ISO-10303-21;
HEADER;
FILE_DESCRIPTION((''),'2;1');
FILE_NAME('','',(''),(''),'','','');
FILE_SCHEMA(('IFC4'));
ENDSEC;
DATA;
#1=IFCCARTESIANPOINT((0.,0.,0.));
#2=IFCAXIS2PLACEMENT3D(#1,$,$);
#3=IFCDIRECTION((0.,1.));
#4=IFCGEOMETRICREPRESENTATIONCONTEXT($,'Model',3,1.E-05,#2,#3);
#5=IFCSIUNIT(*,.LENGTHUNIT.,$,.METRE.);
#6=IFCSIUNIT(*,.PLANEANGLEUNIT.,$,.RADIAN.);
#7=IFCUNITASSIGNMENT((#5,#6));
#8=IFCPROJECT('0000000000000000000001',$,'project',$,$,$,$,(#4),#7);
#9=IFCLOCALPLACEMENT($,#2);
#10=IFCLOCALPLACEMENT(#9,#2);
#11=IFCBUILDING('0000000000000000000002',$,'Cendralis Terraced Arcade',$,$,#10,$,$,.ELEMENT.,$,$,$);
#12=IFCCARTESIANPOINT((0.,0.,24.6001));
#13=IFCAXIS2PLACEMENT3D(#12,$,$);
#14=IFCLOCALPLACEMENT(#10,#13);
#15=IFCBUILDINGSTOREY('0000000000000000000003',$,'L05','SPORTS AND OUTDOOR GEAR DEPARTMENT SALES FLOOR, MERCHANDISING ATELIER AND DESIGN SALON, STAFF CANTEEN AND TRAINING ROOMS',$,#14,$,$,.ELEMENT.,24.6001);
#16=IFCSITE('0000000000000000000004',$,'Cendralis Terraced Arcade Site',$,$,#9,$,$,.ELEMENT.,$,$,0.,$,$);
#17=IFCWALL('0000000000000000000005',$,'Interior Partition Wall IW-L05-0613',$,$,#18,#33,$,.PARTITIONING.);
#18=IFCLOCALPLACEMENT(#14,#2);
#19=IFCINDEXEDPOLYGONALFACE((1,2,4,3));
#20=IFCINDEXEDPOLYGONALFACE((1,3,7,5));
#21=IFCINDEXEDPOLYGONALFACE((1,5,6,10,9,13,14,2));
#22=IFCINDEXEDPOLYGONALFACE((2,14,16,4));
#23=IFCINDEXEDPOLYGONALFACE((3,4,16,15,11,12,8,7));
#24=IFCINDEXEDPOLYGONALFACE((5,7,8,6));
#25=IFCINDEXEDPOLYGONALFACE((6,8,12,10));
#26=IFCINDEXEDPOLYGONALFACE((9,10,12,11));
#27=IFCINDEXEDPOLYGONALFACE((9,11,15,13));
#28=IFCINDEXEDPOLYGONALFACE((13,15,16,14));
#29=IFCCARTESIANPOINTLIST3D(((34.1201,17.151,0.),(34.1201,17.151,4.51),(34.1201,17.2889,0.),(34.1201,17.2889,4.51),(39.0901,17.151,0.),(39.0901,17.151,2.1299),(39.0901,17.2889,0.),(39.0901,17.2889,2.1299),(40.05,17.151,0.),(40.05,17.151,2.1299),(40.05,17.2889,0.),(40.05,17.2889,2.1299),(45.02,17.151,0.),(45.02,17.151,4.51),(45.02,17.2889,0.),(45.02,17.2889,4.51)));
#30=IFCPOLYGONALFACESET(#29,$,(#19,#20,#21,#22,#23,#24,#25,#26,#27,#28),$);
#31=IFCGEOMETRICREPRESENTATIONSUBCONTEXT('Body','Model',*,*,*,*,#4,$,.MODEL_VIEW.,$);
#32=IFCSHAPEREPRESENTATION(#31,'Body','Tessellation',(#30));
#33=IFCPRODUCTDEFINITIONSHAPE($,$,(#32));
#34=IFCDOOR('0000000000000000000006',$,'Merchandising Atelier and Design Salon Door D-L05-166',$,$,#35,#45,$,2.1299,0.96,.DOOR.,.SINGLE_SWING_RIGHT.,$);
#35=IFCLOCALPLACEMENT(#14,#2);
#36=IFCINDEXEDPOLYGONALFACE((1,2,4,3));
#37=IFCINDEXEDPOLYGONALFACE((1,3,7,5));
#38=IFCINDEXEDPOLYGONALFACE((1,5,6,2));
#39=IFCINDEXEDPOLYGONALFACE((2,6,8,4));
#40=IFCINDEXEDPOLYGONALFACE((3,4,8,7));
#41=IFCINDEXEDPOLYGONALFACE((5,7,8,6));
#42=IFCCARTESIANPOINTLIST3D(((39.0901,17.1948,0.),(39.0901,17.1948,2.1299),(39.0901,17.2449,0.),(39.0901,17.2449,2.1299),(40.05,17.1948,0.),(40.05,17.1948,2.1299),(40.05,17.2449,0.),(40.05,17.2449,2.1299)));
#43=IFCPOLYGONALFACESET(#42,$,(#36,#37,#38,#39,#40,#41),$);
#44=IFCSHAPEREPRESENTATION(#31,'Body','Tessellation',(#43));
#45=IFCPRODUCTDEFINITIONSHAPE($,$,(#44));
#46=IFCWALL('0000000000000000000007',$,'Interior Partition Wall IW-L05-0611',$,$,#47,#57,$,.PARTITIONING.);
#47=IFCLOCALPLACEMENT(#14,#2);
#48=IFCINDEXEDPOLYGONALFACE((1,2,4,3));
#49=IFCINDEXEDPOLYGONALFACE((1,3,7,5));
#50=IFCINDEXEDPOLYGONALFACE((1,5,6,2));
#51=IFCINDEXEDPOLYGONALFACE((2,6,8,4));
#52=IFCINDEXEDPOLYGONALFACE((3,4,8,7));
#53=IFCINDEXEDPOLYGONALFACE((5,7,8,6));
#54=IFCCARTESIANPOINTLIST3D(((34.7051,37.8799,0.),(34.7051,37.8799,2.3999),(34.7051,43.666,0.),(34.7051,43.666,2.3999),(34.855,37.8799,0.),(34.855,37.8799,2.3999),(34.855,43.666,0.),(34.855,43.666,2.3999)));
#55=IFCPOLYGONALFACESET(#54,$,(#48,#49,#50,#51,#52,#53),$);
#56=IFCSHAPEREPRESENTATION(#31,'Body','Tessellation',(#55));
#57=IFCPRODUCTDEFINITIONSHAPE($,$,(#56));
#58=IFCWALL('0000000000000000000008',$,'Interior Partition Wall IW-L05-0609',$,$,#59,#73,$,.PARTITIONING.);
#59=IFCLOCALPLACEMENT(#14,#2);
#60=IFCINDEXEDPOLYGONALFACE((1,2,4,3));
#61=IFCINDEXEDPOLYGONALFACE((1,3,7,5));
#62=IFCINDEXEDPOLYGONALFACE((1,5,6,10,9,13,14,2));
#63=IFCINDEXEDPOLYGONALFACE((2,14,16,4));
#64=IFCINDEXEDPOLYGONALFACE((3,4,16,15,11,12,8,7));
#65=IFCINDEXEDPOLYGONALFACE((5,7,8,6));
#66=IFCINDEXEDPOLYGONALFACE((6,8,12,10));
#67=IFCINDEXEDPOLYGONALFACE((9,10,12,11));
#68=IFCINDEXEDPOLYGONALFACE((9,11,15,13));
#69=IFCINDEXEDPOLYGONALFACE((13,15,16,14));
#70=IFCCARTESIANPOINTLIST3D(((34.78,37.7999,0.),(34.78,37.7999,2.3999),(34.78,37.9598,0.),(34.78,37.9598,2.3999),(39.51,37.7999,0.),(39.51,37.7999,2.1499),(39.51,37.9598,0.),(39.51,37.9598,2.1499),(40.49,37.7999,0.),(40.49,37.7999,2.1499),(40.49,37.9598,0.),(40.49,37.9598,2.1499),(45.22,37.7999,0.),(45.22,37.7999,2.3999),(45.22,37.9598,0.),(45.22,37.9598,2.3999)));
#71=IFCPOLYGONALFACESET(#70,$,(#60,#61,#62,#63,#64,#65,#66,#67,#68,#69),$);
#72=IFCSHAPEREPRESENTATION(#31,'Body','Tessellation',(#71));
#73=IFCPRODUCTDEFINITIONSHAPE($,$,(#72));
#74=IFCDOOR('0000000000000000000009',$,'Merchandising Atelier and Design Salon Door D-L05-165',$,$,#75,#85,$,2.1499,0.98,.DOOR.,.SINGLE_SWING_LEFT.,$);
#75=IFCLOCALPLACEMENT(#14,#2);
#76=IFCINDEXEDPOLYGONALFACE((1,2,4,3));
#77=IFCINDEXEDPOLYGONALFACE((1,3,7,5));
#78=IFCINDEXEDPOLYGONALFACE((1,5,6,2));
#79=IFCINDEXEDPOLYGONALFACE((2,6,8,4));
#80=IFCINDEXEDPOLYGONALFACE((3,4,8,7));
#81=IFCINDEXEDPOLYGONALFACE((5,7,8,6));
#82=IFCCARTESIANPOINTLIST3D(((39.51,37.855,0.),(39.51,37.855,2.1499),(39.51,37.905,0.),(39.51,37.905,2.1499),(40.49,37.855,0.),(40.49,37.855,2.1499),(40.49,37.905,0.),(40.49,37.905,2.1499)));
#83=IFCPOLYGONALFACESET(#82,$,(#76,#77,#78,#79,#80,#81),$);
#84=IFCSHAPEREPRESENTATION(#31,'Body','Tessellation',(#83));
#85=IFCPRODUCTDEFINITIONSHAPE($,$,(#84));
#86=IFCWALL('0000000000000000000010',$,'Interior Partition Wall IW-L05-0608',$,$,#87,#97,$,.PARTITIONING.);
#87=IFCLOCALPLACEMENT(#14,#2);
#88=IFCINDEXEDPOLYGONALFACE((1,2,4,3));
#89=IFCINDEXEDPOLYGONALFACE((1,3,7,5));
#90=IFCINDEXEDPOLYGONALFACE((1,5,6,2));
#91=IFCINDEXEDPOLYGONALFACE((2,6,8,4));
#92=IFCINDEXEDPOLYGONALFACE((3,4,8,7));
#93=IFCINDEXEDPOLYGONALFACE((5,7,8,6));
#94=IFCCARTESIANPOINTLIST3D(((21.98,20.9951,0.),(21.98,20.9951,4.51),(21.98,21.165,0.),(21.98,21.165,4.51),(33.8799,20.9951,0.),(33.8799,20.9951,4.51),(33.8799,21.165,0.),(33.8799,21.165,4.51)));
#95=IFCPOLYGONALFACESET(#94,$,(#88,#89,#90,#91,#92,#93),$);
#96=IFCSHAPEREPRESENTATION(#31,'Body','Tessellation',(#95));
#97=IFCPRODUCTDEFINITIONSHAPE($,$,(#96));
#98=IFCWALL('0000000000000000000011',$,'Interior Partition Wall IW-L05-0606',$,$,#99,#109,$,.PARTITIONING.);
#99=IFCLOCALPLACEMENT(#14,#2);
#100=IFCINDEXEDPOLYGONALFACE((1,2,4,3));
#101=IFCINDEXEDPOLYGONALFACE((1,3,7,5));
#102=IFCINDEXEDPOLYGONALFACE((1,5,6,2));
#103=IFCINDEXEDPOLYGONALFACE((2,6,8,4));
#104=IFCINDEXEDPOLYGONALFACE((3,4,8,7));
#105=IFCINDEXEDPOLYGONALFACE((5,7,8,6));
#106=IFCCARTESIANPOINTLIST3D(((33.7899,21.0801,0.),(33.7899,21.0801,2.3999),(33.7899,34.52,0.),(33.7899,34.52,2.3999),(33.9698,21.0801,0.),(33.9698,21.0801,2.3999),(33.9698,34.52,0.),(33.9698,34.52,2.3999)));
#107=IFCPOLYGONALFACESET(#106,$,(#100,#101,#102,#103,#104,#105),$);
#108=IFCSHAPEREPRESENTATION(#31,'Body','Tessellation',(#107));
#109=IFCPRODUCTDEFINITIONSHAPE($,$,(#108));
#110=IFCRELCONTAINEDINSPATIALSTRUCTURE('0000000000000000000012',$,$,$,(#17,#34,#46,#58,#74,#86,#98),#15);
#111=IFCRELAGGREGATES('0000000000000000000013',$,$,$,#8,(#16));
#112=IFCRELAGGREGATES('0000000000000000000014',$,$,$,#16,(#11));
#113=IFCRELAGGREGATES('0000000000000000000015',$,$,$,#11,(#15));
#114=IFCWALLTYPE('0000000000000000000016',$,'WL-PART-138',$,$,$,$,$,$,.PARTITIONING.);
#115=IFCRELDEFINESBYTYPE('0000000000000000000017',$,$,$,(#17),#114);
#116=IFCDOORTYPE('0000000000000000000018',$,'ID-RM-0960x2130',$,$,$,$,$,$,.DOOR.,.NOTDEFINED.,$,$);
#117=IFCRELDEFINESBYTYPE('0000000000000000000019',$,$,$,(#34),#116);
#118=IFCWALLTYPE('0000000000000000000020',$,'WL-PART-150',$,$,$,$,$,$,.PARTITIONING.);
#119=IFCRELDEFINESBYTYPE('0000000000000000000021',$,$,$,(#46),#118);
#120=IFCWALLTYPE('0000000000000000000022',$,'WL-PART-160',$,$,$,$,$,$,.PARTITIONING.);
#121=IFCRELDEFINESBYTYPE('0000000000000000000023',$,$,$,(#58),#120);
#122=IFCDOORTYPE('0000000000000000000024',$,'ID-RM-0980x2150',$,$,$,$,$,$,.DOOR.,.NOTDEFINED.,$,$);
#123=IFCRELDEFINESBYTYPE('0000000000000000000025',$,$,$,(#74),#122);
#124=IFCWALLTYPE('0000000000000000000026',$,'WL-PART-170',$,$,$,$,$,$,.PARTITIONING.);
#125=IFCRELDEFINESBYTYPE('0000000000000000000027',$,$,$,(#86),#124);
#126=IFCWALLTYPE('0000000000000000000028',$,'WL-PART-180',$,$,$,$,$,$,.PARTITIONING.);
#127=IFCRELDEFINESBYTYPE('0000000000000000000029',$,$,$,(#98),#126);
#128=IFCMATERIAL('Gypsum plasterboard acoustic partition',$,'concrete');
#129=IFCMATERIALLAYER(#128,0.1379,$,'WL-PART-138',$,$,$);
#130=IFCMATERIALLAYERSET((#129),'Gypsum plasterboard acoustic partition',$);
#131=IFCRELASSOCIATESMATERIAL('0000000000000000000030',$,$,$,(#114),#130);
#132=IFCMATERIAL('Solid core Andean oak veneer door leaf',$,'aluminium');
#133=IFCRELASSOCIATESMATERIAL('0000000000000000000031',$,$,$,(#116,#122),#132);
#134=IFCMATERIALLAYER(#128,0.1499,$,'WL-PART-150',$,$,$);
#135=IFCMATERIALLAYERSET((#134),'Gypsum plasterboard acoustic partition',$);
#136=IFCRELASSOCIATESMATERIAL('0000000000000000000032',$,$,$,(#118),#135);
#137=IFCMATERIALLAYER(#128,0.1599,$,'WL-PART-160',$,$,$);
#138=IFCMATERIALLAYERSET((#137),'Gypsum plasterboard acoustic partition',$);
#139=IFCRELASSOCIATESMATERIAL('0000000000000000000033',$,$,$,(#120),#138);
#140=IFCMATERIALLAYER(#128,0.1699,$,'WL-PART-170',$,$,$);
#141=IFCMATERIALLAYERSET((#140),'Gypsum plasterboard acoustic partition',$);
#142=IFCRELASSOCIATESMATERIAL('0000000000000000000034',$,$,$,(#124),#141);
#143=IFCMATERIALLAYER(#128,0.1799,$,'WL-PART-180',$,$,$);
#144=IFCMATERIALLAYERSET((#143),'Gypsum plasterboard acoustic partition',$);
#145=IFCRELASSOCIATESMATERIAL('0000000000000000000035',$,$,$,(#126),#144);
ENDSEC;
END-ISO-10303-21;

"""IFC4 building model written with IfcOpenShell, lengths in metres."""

from ifc_helpers import new_model, si_unit, direction, frame, frame_2d, origin, place, context, subcontext, project, spatial, rectangle, extrude, material, layer, layer_set, type_object, element, fill, save


model = new_model("IFC4")

# Units and contexts
model_context = context("Model", 3, precision=1e-05, world=origin(), true_north=direction((0.0, 1.0)))
body_context = subcontext(model_context, "Body", "Model", "MODEL_VIEW")
ifc_project = project(units=[si_unit("LENGTHUNIT", "METRE"), si_unit("PLANEANGLEUNIT", "RADIAN")], contexts=[model_context])

# Site, building, storey
site_placement = place(None, origin())
site = spatial("IfcSite", under=ifc_project, at=site_placement, Name="Cendralis Terraced Arcade Site", CompositionType="ELEMENT", RefElevation=0.0)
building_placement = place(site_placement, origin())
building = spatial("IfcBuilding", under=site, at=building_placement, Name="Cendralis Terraced Arcade", CompositionType="ELEMENT")
storey_placement = place(building_placement, frame((0.0, 0.0, 24.6001)))
storey = spatial("IfcBuildingStorey", under=building, at=storey_placement, Name="L05", Description="SPORTS AND OUTDOOR GEAR DEPARTMENT SALES FLOOR, MERCHANDISING ATELIER AND DESIGN SALON, STAFF CANTEEN AND TRAINING ROOMS", CompositionType="ELEMENT", Elevation=24.6001)

# Shared definitions
ifc_material_1 = material(Name="Gypsum plasterboard acoustic partition", Category="concrete")

# Wall, opening, door
ifc_material_2 = material(Name="Solid core Andean oak veneer door leaf", Category="aluminium")
ifc_layer_1 = layer(ifc_material_1, 0.1379, Name="WL-PART-138")
ifc_layer_set_1 = layer_set([ifc_layer_1], Name="Gypsum plasterboard acoustic partition")
wall_type_1 = type_object("IfcWallType", Name="WL-PART-138", PredefinedType="PARTITIONING", material=ifc_layer_set_1)
wall_1_placement = place(storey_placement, frame((34.1201, 17.22, 0.0), z_axis=(0.0, 0.0, 1.0), x_axis=(1.0, 0.0, 0.0)))
wall_1 = element("IfcWall", 1, at=wall_1_placement, inside=storey, type_object=wall_type_1, Name="Interior Partition Wall IW-L05-0613", PredefinedType="PARTITIONING", context=body_context, shape_type="SweptSolid", body=[
    extrude(rectangle(XDim=10.8999, YDim=0.1379, at=frame_2d((5.45, 0.0))), origin(), (0.0, 0.0, 1.0), 4.51),
])
opening_1_placement = place(wall_1_placement, frame((4.97, 0.0, 0.0)))
opening_1 = element("IfcOpeningElement", 2, at=opening_1_placement, cuts=wall_1, PredefinedType="OPENING", context=body_context, shape_type="SweptSolid", body=[
    extrude(rectangle(XDim=0.96, YDim=2.1299, at=frame_2d((0.48, 1.0649))), frame((0.0, 0.0811, 0.0), z_axis=(0.0, -1.0, 0.0), x_axis=(1.0, 0.0, 0.0)), (0.0, 0.0, 1.0), 0.1619),
])
door_type_1 = type_object("IfcDoorType", Name="ID-RM-0960x2130", OperationType="NOTDEFINED", PredefinedType="DOOR", material=ifc_material_2)
door_1_placement = place(opening_1_placement, origin())
door_1 = element("IfcDoor", 3, at=door_1_placement, inside=storey, type_object=door_type_1, Name="Merchandising Atelier and Design Salon Door D-L05-166", OperationType="SINGLE_SWING_RIGHT", OverallHeight=2.1299, OverallWidth=0.96, PredefinedType="DOOR", context=body_context, shape_type="SweptSolid", body=[
    extrude(rectangle(XDim=0.96, YDim=2.1299, at=frame_2d((0.48, 1.0649))), frame((0.0, 0.0249, 0.0), z_axis=(0.0, -1.0, 0.0), x_axis=(1.0, 0.0, 0.0)), (0.0, 0.0, 1.0), 0.05),
])
fill(opening_1, door_1)

# Wall
ifc_layer_2 = layer(ifc_material_1, 0.1499, Name="WL-PART-150")
ifc_layer_set_2 = layer_set([ifc_layer_2], Name="Gypsum plasterboard acoustic partition")
wall_type_2 = type_object("IfcWallType", Name="WL-PART-150", PredefinedType="PARTITIONING", material=ifc_layer_set_2)
wall_2_placement = place(storey_placement, frame((34.78, 37.8799, 0.0), z_axis=(0.0, 0.0, 1.0), x_axis=(0.0, 1.0, 0.0)))
element("IfcWall", 4, at=wall_2_placement, inside=storey, type_object=wall_type_2, Name="Interior Partition Wall IW-L05-0611", PredefinedType="PARTITIONING", context=body_context, shape_type="SweptSolid", body=[
    extrude(rectangle(XDim=5.7861, YDim=0.1499, at=frame_2d((2.8931, 0.0))), origin(), (0.0, 0.0, 1.0), 2.3999),
])

# Wall, opening, door
ifc_layer_3 = layer(ifc_material_1, 0.1599, Name="WL-PART-160")
ifc_layer_set_3 = layer_set([ifc_layer_3], Name="Gypsum plasterboard acoustic partition")
wall_type_3 = type_object("IfcWallType", Name="WL-PART-160", PredefinedType="PARTITIONING", material=ifc_layer_set_3)
wall_3_placement = place(storey_placement, frame((45.22, 37.8799, 0.0), z_axis=(0.0, 0.0, 1.0), x_axis=(-1.0, 0.0, 0.0)))
wall_3 = element("IfcWall", 5, at=wall_3_placement, inside=storey, type_object=wall_type_3, Name="Interior Partition Wall IW-L05-0609", PredefinedType="PARTITIONING", context=body_context, shape_type="SweptSolid", body=[
    extrude(rectangle(XDim=10.4399, YDim=0.1599, at=frame_2d((5.22, 0.0))), origin(), (0.0, 0.0, 1.0), 2.3999),
])
opening_2_placement = place(wall_3_placement, frame((4.73, 0.0, 0.0)))
opening_2 = element("IfcOpeningElement", 6, at=opening_2_placement, cuts=wall_3, PredefinedType="OPENING", context=body_context, shape_type="SweptSolid", body=[
    extrude(rectangle(XDim=0.98, YDim=2.1499, at=frame_2d((0.49, 1.075))), frame((0.0, 0.0918, 0.0), z_axis=(0.0, -1.0, 0.0), x_axis=(1.0, 0.0, 0.0)), (0.0, 0.0, 1.0), 0.1838),
])
door_type_2 = type_object("IfcDoorType", Name="ID-RM-0980x2150", OperationType="NOTDEFINED", PredefinedType="DOOR", material=ifc_material_2)
door_2_placement = place(opening_2_placement, origin())
door_2 = element("IfcDoor", 7, at=door_2_placement, inside=storey, type_object=door_type_2, Name="Merchandising Atelier and Design Salon Door D-L05-165", OperationType="SINGLE_SWING_LEFT", OverallHeight=2.1499, OverallWidth=0.98, PredefinedType="DOOR", context=body_context, shape_type="SweptSolid", body=[
    extrude(rectangle(XDim=0.98, YDim=2.1499, at=frame_2d((0.49, 1.075))), frame((0.0, 0.0249, 0.0), z_axis=(0.0, -1.0, 0.0), x_axis=(1.0, 0.0, 0.0)), (0.0, 0.0, 1.0), 0.05),
])
fill(opening_2, door_2)

# Walls
ifc_layer_4 = layer(ifc_material_1, 0.1699, Name="WL-PART-170")
ifc_layer_set_4 = layer_set([ifc_layer_4], Name="Gypsum plasterboard acoustic partition")
wall_type_4 = type_object("IfcWallType", Name="WL-PART-170", PredefinedType="PARTITIONING", material=ifc_layer_set_4)
wall_4_placement = place(storey_placement, frame((33.8799, 21.0801, 0.0), z_axis=(0.0, 0.0, 1.0), x_axis=(-1.0, 0.0, 0.0)))
element("IfcWall", 8, at=wall_4_placement, inside=storey, type_object=wall_type_4, Name="Interior Partition Wall IW-L05-0608", PredefinedType="PARTITIONING", context=body_context, shape_type="SweptSolid", body=[
    extrude(rectangle(XDim=11.8999, YDim=0.1699, at=frame_2d((5.95, 0.0))), origin(), (0.0, 0.0, 1.0), 4.51),
])
ifc_layer_5 = layer(ifc_material_1, 0.1799, Name="WL-PART-180")
ifc_layer_set_5 = layer_set([ifc_layer_5], Name="Gypsum plasterboard acoustic partition")
wall_type_5 = type_object("IfcWallType", Name="WL-PART-180", PredefinedType="PARTITIONING", material=ifc_layer_set_5)
wall_5_placement = place(storey_placement, frame((33.8799, 34.52, 0.0), z_axis=(0.0, 0.0, 1.0), x_axis=(0.0, -1.0, 0.0)))
element("IfcWall", 9, at=wall_5_placement, inside=storey, type_object=wall_type_5, Name="Interior Partition Wall IW-L05-0606", PredefinedType="PARTITIONING", context=body_context, shape_type="SweptSolid", body=[
    extrude(rectangle(XDim=13.4399, YDim=0.1799, at=frame_2d((6.72, 0.0))), origin(), (0.0, 0.0, 1.0), 2.3999),
])

save(model, "model.ifc")
